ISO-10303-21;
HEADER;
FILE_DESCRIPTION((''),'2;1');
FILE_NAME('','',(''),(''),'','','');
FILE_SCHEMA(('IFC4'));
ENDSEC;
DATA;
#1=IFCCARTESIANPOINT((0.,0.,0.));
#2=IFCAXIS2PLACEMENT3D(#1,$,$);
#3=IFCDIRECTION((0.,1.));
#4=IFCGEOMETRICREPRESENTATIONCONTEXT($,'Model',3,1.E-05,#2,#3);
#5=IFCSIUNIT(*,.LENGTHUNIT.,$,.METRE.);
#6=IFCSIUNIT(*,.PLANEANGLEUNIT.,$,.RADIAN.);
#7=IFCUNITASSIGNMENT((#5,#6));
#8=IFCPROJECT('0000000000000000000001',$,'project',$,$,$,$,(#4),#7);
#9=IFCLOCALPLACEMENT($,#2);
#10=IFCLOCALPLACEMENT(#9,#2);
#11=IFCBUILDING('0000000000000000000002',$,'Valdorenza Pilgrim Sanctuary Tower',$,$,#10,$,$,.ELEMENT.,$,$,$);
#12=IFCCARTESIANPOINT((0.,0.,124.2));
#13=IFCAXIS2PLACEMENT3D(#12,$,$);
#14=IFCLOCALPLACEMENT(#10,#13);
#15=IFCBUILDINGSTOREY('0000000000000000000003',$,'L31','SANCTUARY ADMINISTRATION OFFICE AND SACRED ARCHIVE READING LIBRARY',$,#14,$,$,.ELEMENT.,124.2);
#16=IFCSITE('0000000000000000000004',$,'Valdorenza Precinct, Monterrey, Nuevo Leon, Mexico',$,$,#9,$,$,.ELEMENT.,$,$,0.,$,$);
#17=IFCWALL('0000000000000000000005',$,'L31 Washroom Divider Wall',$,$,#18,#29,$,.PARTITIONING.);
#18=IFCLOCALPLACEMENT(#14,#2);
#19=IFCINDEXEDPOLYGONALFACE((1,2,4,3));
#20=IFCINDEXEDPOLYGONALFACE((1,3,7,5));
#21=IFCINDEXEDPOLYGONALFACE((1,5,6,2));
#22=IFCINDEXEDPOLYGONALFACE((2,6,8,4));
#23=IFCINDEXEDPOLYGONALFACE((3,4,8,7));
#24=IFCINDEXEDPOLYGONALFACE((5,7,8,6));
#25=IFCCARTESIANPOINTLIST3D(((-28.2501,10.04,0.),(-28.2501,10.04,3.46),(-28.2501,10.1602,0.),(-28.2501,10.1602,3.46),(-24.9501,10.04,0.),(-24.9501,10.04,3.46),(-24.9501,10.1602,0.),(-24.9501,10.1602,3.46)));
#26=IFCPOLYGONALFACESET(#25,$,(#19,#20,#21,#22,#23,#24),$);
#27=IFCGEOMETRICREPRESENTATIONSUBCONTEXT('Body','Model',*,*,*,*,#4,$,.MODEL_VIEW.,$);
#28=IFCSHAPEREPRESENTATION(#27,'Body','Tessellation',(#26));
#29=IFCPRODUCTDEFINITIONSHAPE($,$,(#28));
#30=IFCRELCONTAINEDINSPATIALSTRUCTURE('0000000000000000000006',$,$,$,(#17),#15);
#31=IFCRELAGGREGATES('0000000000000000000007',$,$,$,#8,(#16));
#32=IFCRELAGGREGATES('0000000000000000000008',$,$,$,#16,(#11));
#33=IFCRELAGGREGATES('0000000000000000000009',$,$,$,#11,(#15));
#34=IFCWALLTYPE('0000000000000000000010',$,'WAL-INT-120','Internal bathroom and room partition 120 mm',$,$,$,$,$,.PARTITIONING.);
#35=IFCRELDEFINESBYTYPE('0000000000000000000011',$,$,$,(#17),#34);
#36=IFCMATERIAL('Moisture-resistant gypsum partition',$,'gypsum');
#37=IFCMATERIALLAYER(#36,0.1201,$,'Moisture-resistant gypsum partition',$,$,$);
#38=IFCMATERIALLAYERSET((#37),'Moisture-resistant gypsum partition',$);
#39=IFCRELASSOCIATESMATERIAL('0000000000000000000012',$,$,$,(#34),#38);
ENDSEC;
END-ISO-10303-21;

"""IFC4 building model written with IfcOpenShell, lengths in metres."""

from ifc_helpers import new_model, si_unit, direction, frame, frame_2d, origin, place, context, subcontext, project, spatial, rectangle, extrude, material, layer, layer_set, type_object, element, save


model = new_model("IFC4")

# Units and contexts
model_context = context("Model", 3, precision=1e-05, world=origin(), true_north=direction((0.0, 1.0)))
body_context = subcontext(model_context, "Body", "Model", "MODEL_VIEW")
ifc_project = project(units=[si_unit("LENGTHUNIT", "METRE"), si_unit("PLANEANGLEUNIT", "RADIAN")], contexts=[model_context])

# Site, building, storey
site_placement = place(None, origin())
site = spatial("IfcSite", under=ifc_project, at=site_placement, Name="Valdorenza Precinct, Monterrey, Nuevo Leon, Mexico", CompositionType="ELEMENT", RefElevation=0.0)
building_placement = place(site_placement, origin())
building = spatial("IfcBuilding", under=site, at=building_placement, Name="Valdorenza Pilgrim Sanctuary Tower", CompositionType="ELEMENT")
storey_placement = place(building_placement, frame((0.0, 0.0, 124.2)))
storey = spatial("IfcBuildingStorey", under=building, at=storey_placement, Name="L31", Description="SANCTUARY ADMINISTRATION OFFICE AND SACRED ARCHIVE READING LIBRARY", CompositionType="ELEMENT", Elevation=124.2)

# Wall
ifc_material_1 = material(Name="Moisture-resistant gypsum partition", Category="gypsum")
ifc_layer_1 = layer(ifc_material_1, 0.1201, Name="Moisture-resistant gypsum partition")
ifc_layer_set_1 = layer_set([ifc_layer_1], Name="Moisture-resistant gypsum partition")
wall_type_1 = type_object("IfcWallType", Name="WAL-INT-120", Description="Internal bathroom and room partition 120 mm", PredefinedType="PARTITIONING", material=ifc_layer_set_1)
wall_1_placement = place(storey_placement, frame((-28.25, 10.1001, 0.0), z_axis=(0.0, 0.0, 1.0), x_axis=(1.0, 0.0, 0.0)))
element("IfcWall", 1, at=wall_1_placement, inside=storey, type_object=wall_type_1, Name="L31 Washroom Divider Wall", PredefinedType="PARTITIONING", context=body_context, shape_type="SweptSolid", body=[
    extrude(rectangle(XDim=3.3, YDim=0.1201, at=frame_2d((1.6499, 0.0))), origin(), (0.0, 0.0, 1.0), 3.46),
])

save(model, "model.ifc")
